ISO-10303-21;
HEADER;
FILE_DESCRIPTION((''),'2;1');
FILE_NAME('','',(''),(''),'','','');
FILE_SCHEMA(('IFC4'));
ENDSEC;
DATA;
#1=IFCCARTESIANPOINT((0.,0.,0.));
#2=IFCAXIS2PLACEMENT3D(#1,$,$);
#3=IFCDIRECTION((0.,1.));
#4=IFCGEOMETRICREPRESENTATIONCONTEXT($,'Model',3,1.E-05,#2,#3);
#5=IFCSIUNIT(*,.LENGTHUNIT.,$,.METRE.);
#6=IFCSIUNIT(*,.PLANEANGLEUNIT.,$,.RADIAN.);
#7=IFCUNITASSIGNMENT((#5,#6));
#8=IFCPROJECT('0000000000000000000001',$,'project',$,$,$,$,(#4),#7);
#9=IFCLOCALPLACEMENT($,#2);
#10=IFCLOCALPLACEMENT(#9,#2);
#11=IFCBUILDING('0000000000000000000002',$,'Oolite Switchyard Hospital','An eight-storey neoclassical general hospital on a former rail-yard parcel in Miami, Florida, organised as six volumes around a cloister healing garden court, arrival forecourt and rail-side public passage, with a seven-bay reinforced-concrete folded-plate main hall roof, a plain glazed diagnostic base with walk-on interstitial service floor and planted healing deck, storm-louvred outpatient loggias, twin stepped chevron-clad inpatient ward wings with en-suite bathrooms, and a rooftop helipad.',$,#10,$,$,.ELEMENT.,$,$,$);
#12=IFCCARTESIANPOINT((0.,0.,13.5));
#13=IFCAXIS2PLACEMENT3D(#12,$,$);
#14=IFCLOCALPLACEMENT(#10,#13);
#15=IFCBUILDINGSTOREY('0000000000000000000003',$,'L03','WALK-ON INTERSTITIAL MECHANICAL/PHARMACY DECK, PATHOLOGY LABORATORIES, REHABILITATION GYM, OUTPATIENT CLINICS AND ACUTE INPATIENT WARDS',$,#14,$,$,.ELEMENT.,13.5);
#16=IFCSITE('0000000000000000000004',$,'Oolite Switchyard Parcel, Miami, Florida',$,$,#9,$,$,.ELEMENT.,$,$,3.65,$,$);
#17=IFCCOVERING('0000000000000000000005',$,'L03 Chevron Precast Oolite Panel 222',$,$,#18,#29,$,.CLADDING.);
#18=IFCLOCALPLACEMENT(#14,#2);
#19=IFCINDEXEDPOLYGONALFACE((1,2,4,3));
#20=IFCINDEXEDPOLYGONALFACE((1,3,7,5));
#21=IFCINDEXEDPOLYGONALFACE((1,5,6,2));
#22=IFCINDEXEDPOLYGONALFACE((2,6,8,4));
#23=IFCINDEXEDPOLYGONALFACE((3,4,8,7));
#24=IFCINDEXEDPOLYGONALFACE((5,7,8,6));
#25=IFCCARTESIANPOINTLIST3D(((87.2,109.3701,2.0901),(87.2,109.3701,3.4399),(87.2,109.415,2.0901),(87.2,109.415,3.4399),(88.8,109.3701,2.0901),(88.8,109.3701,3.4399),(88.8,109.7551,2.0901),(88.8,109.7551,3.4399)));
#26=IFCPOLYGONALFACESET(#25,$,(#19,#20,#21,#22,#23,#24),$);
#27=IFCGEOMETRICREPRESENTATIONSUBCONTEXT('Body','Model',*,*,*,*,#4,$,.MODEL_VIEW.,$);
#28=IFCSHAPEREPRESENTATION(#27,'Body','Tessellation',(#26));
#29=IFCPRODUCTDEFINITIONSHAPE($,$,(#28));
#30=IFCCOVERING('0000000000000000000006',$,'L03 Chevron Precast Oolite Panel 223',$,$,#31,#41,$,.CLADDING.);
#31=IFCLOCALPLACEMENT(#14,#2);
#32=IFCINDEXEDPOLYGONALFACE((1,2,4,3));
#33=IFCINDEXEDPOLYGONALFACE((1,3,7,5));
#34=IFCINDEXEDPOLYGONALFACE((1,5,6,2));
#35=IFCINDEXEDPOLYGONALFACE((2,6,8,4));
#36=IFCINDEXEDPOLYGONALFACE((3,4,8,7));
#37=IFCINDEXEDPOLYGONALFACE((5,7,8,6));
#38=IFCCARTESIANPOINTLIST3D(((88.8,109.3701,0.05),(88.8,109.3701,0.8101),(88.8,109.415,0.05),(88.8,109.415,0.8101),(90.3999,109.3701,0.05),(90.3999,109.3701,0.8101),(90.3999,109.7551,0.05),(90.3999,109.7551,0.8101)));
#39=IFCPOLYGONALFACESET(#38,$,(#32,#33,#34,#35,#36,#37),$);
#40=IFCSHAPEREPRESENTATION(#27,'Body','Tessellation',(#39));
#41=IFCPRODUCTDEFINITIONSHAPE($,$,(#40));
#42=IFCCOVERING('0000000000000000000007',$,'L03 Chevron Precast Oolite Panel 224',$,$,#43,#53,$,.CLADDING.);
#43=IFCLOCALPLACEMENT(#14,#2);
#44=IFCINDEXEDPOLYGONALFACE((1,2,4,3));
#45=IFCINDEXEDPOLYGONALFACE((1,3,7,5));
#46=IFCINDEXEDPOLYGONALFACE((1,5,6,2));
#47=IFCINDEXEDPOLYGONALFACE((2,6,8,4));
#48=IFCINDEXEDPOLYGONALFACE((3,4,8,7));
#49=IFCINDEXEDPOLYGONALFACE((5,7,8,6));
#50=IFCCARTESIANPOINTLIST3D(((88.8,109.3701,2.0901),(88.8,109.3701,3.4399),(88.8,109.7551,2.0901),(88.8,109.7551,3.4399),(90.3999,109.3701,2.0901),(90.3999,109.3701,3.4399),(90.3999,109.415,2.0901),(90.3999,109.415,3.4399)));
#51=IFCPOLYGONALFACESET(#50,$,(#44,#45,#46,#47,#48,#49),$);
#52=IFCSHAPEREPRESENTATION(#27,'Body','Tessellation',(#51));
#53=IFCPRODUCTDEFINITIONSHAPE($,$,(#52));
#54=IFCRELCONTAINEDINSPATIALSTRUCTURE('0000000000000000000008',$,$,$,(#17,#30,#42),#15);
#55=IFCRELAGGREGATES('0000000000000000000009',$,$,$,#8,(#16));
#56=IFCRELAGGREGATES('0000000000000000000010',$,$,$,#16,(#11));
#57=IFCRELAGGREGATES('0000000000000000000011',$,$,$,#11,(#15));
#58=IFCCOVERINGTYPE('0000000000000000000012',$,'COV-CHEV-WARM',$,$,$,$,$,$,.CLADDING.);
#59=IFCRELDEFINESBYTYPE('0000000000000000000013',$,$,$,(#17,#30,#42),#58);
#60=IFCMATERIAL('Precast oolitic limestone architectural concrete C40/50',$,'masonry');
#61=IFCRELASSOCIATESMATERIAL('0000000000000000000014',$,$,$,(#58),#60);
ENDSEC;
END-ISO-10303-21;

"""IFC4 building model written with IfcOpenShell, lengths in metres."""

from ifc_helpers import new_model, si_unit, direction, frame, origin, place, context, subcontext, project, spatial, polyline, outline, extrude, material, type_object, element, save


model = new_model("IFC4")

# Units and contexts
model_context = context("Model", 3, precision=1e-05, world=origin(), true_north=direction((0.0, 1.0)))
body_context = subcontext(model_context, "Body", "Model", "MODEL_VIEW")
ifc_project = project(units=[si_unit("LENGTHUNIT", "METRE"), si_unit("PLANEANGLEUNIT", "RADIAN")], contexts=[model_context])

# Site, building, storey
site_placement = place(None, origin())
site = spatial("IfcSite", under=ifc_project, at=site_placement, Name="Oolite Switchyard Parcel, Miami, Florida", CompositionType="ELEMENT", RefElevation=3.65)
building_placement = place(site_placement, origin())
building = spatial("IfcBuilding", under=site, at=building_placement, Name="Oolite Switchyard Hospital", Description="An eight-storey neoclassical general hospital on a former rail-yard parcel in Miami, Florida, organised as six volumes around a cloister healing garden court, arrival forecourt and rail-side public passage, with a seven-bay reinforced-concrete folded-plate main hall roof, a plain glazed diagnostic base with walk-on interstitial service floor and planted healing deck, storm-louvred outpatient loggias, twin stepped chevron-clad inpatient ward wings with en-suite bathrooms, and a rooftop helipad.", CompositionType="ELEMENT")
storey_placement = place(building_placement, frame((0.0, 0.0, 13.5)))
storey = spatial("IfcBuildingStorey", under=building, at=storey_placement, Name="L03", Description="WALK-ON INTERSTITIAL MECHANICAL/PHARMACY DECK, PATHOLOGY LABORATORIES, REHABILITATION GYM, OUTPATIENT CLINICS AND ACUTE INPATIENT WARDS", CompositionType="ELEMENT", Elevation=13.5)

# Coverings
ifc_material_1 = material(Name="Precast oolitic limestone architectural concrete C40/50", Category="masonry")
covering_type = type_object("IfcCoveringType", Name="COV-CHEV-WARM", PredefinedType="CLADDING", material=ifc_material_1)
covering_1_placement = place(storey_placement, frame((87.2, 109.3701, 2.0901), z_axis=(0.0, 0.0, 1.0), x_axis=(1.0, 0.0, 0.0)))
element("IfcCovering", 1, at=covering_1_placement, inside=storey, type_object=covering_type, Name="L03 Chevron Precast Oolite Panel 222", PredefinedType="CLADDING", context=body_context, shape_type="SweptSolid", body=[
    extrude(outline(polyline([(0.0, 0.0), (1.6001, 0.0), (1.6001, 0.385), (0.0, 0.0449), (0.0, 0.0)])), origin(), (0.0, 0.0, 1.0), 1.3499),
])
covering_2_placement = place(storey_placement, frame((88.8, 109.3701, 0.05), z_axis=(0.0, 0.0, 1.0), x_axis=(1.0, 0.0, 0.0)))
element("IfcCovering", 2, at=covering_2_placement, inside=storey, type_object=covering_type, Name="L03 Chevron Precast Oolite Panel 223", PredefinedType="CLADDING", context=body_context, shape_type="SweptSolid", body=[
    extrude(outline(polyline([(0.0, 0.0), (1.5999, 0.0), (1.5999, 0.385), (0.0, 0.0449), (0.0, 0.0)])), origin(), (0.0, 0.0, 1.0), 0.76),
])
covering_3_placement = place(storey_placement, frame((88.8, 109.3701, 2.0901), z_axis=(0.0, 0.0, 1.0), x_axis=(1.0, 0.0, 0.0)))
element("IfcCovering", 3, at=covering_3_placement, inside=storey, type_object=covering_type, Name="L03 Chevron Precast Oolite Panel 224", PredefinedType="CLADDING", context=body_context, shape_type="SweptSolid", body=[
    extrude(outline(polyline([(0.0, 0.0), (1.5999, 0.0), (1.5999, 0.0449), (0.0, 0.385), (0.0, 0.0)])), origin(), (0.0, 0.0, 1.0), 1.3499),
])

save(model, "model.ifc")
